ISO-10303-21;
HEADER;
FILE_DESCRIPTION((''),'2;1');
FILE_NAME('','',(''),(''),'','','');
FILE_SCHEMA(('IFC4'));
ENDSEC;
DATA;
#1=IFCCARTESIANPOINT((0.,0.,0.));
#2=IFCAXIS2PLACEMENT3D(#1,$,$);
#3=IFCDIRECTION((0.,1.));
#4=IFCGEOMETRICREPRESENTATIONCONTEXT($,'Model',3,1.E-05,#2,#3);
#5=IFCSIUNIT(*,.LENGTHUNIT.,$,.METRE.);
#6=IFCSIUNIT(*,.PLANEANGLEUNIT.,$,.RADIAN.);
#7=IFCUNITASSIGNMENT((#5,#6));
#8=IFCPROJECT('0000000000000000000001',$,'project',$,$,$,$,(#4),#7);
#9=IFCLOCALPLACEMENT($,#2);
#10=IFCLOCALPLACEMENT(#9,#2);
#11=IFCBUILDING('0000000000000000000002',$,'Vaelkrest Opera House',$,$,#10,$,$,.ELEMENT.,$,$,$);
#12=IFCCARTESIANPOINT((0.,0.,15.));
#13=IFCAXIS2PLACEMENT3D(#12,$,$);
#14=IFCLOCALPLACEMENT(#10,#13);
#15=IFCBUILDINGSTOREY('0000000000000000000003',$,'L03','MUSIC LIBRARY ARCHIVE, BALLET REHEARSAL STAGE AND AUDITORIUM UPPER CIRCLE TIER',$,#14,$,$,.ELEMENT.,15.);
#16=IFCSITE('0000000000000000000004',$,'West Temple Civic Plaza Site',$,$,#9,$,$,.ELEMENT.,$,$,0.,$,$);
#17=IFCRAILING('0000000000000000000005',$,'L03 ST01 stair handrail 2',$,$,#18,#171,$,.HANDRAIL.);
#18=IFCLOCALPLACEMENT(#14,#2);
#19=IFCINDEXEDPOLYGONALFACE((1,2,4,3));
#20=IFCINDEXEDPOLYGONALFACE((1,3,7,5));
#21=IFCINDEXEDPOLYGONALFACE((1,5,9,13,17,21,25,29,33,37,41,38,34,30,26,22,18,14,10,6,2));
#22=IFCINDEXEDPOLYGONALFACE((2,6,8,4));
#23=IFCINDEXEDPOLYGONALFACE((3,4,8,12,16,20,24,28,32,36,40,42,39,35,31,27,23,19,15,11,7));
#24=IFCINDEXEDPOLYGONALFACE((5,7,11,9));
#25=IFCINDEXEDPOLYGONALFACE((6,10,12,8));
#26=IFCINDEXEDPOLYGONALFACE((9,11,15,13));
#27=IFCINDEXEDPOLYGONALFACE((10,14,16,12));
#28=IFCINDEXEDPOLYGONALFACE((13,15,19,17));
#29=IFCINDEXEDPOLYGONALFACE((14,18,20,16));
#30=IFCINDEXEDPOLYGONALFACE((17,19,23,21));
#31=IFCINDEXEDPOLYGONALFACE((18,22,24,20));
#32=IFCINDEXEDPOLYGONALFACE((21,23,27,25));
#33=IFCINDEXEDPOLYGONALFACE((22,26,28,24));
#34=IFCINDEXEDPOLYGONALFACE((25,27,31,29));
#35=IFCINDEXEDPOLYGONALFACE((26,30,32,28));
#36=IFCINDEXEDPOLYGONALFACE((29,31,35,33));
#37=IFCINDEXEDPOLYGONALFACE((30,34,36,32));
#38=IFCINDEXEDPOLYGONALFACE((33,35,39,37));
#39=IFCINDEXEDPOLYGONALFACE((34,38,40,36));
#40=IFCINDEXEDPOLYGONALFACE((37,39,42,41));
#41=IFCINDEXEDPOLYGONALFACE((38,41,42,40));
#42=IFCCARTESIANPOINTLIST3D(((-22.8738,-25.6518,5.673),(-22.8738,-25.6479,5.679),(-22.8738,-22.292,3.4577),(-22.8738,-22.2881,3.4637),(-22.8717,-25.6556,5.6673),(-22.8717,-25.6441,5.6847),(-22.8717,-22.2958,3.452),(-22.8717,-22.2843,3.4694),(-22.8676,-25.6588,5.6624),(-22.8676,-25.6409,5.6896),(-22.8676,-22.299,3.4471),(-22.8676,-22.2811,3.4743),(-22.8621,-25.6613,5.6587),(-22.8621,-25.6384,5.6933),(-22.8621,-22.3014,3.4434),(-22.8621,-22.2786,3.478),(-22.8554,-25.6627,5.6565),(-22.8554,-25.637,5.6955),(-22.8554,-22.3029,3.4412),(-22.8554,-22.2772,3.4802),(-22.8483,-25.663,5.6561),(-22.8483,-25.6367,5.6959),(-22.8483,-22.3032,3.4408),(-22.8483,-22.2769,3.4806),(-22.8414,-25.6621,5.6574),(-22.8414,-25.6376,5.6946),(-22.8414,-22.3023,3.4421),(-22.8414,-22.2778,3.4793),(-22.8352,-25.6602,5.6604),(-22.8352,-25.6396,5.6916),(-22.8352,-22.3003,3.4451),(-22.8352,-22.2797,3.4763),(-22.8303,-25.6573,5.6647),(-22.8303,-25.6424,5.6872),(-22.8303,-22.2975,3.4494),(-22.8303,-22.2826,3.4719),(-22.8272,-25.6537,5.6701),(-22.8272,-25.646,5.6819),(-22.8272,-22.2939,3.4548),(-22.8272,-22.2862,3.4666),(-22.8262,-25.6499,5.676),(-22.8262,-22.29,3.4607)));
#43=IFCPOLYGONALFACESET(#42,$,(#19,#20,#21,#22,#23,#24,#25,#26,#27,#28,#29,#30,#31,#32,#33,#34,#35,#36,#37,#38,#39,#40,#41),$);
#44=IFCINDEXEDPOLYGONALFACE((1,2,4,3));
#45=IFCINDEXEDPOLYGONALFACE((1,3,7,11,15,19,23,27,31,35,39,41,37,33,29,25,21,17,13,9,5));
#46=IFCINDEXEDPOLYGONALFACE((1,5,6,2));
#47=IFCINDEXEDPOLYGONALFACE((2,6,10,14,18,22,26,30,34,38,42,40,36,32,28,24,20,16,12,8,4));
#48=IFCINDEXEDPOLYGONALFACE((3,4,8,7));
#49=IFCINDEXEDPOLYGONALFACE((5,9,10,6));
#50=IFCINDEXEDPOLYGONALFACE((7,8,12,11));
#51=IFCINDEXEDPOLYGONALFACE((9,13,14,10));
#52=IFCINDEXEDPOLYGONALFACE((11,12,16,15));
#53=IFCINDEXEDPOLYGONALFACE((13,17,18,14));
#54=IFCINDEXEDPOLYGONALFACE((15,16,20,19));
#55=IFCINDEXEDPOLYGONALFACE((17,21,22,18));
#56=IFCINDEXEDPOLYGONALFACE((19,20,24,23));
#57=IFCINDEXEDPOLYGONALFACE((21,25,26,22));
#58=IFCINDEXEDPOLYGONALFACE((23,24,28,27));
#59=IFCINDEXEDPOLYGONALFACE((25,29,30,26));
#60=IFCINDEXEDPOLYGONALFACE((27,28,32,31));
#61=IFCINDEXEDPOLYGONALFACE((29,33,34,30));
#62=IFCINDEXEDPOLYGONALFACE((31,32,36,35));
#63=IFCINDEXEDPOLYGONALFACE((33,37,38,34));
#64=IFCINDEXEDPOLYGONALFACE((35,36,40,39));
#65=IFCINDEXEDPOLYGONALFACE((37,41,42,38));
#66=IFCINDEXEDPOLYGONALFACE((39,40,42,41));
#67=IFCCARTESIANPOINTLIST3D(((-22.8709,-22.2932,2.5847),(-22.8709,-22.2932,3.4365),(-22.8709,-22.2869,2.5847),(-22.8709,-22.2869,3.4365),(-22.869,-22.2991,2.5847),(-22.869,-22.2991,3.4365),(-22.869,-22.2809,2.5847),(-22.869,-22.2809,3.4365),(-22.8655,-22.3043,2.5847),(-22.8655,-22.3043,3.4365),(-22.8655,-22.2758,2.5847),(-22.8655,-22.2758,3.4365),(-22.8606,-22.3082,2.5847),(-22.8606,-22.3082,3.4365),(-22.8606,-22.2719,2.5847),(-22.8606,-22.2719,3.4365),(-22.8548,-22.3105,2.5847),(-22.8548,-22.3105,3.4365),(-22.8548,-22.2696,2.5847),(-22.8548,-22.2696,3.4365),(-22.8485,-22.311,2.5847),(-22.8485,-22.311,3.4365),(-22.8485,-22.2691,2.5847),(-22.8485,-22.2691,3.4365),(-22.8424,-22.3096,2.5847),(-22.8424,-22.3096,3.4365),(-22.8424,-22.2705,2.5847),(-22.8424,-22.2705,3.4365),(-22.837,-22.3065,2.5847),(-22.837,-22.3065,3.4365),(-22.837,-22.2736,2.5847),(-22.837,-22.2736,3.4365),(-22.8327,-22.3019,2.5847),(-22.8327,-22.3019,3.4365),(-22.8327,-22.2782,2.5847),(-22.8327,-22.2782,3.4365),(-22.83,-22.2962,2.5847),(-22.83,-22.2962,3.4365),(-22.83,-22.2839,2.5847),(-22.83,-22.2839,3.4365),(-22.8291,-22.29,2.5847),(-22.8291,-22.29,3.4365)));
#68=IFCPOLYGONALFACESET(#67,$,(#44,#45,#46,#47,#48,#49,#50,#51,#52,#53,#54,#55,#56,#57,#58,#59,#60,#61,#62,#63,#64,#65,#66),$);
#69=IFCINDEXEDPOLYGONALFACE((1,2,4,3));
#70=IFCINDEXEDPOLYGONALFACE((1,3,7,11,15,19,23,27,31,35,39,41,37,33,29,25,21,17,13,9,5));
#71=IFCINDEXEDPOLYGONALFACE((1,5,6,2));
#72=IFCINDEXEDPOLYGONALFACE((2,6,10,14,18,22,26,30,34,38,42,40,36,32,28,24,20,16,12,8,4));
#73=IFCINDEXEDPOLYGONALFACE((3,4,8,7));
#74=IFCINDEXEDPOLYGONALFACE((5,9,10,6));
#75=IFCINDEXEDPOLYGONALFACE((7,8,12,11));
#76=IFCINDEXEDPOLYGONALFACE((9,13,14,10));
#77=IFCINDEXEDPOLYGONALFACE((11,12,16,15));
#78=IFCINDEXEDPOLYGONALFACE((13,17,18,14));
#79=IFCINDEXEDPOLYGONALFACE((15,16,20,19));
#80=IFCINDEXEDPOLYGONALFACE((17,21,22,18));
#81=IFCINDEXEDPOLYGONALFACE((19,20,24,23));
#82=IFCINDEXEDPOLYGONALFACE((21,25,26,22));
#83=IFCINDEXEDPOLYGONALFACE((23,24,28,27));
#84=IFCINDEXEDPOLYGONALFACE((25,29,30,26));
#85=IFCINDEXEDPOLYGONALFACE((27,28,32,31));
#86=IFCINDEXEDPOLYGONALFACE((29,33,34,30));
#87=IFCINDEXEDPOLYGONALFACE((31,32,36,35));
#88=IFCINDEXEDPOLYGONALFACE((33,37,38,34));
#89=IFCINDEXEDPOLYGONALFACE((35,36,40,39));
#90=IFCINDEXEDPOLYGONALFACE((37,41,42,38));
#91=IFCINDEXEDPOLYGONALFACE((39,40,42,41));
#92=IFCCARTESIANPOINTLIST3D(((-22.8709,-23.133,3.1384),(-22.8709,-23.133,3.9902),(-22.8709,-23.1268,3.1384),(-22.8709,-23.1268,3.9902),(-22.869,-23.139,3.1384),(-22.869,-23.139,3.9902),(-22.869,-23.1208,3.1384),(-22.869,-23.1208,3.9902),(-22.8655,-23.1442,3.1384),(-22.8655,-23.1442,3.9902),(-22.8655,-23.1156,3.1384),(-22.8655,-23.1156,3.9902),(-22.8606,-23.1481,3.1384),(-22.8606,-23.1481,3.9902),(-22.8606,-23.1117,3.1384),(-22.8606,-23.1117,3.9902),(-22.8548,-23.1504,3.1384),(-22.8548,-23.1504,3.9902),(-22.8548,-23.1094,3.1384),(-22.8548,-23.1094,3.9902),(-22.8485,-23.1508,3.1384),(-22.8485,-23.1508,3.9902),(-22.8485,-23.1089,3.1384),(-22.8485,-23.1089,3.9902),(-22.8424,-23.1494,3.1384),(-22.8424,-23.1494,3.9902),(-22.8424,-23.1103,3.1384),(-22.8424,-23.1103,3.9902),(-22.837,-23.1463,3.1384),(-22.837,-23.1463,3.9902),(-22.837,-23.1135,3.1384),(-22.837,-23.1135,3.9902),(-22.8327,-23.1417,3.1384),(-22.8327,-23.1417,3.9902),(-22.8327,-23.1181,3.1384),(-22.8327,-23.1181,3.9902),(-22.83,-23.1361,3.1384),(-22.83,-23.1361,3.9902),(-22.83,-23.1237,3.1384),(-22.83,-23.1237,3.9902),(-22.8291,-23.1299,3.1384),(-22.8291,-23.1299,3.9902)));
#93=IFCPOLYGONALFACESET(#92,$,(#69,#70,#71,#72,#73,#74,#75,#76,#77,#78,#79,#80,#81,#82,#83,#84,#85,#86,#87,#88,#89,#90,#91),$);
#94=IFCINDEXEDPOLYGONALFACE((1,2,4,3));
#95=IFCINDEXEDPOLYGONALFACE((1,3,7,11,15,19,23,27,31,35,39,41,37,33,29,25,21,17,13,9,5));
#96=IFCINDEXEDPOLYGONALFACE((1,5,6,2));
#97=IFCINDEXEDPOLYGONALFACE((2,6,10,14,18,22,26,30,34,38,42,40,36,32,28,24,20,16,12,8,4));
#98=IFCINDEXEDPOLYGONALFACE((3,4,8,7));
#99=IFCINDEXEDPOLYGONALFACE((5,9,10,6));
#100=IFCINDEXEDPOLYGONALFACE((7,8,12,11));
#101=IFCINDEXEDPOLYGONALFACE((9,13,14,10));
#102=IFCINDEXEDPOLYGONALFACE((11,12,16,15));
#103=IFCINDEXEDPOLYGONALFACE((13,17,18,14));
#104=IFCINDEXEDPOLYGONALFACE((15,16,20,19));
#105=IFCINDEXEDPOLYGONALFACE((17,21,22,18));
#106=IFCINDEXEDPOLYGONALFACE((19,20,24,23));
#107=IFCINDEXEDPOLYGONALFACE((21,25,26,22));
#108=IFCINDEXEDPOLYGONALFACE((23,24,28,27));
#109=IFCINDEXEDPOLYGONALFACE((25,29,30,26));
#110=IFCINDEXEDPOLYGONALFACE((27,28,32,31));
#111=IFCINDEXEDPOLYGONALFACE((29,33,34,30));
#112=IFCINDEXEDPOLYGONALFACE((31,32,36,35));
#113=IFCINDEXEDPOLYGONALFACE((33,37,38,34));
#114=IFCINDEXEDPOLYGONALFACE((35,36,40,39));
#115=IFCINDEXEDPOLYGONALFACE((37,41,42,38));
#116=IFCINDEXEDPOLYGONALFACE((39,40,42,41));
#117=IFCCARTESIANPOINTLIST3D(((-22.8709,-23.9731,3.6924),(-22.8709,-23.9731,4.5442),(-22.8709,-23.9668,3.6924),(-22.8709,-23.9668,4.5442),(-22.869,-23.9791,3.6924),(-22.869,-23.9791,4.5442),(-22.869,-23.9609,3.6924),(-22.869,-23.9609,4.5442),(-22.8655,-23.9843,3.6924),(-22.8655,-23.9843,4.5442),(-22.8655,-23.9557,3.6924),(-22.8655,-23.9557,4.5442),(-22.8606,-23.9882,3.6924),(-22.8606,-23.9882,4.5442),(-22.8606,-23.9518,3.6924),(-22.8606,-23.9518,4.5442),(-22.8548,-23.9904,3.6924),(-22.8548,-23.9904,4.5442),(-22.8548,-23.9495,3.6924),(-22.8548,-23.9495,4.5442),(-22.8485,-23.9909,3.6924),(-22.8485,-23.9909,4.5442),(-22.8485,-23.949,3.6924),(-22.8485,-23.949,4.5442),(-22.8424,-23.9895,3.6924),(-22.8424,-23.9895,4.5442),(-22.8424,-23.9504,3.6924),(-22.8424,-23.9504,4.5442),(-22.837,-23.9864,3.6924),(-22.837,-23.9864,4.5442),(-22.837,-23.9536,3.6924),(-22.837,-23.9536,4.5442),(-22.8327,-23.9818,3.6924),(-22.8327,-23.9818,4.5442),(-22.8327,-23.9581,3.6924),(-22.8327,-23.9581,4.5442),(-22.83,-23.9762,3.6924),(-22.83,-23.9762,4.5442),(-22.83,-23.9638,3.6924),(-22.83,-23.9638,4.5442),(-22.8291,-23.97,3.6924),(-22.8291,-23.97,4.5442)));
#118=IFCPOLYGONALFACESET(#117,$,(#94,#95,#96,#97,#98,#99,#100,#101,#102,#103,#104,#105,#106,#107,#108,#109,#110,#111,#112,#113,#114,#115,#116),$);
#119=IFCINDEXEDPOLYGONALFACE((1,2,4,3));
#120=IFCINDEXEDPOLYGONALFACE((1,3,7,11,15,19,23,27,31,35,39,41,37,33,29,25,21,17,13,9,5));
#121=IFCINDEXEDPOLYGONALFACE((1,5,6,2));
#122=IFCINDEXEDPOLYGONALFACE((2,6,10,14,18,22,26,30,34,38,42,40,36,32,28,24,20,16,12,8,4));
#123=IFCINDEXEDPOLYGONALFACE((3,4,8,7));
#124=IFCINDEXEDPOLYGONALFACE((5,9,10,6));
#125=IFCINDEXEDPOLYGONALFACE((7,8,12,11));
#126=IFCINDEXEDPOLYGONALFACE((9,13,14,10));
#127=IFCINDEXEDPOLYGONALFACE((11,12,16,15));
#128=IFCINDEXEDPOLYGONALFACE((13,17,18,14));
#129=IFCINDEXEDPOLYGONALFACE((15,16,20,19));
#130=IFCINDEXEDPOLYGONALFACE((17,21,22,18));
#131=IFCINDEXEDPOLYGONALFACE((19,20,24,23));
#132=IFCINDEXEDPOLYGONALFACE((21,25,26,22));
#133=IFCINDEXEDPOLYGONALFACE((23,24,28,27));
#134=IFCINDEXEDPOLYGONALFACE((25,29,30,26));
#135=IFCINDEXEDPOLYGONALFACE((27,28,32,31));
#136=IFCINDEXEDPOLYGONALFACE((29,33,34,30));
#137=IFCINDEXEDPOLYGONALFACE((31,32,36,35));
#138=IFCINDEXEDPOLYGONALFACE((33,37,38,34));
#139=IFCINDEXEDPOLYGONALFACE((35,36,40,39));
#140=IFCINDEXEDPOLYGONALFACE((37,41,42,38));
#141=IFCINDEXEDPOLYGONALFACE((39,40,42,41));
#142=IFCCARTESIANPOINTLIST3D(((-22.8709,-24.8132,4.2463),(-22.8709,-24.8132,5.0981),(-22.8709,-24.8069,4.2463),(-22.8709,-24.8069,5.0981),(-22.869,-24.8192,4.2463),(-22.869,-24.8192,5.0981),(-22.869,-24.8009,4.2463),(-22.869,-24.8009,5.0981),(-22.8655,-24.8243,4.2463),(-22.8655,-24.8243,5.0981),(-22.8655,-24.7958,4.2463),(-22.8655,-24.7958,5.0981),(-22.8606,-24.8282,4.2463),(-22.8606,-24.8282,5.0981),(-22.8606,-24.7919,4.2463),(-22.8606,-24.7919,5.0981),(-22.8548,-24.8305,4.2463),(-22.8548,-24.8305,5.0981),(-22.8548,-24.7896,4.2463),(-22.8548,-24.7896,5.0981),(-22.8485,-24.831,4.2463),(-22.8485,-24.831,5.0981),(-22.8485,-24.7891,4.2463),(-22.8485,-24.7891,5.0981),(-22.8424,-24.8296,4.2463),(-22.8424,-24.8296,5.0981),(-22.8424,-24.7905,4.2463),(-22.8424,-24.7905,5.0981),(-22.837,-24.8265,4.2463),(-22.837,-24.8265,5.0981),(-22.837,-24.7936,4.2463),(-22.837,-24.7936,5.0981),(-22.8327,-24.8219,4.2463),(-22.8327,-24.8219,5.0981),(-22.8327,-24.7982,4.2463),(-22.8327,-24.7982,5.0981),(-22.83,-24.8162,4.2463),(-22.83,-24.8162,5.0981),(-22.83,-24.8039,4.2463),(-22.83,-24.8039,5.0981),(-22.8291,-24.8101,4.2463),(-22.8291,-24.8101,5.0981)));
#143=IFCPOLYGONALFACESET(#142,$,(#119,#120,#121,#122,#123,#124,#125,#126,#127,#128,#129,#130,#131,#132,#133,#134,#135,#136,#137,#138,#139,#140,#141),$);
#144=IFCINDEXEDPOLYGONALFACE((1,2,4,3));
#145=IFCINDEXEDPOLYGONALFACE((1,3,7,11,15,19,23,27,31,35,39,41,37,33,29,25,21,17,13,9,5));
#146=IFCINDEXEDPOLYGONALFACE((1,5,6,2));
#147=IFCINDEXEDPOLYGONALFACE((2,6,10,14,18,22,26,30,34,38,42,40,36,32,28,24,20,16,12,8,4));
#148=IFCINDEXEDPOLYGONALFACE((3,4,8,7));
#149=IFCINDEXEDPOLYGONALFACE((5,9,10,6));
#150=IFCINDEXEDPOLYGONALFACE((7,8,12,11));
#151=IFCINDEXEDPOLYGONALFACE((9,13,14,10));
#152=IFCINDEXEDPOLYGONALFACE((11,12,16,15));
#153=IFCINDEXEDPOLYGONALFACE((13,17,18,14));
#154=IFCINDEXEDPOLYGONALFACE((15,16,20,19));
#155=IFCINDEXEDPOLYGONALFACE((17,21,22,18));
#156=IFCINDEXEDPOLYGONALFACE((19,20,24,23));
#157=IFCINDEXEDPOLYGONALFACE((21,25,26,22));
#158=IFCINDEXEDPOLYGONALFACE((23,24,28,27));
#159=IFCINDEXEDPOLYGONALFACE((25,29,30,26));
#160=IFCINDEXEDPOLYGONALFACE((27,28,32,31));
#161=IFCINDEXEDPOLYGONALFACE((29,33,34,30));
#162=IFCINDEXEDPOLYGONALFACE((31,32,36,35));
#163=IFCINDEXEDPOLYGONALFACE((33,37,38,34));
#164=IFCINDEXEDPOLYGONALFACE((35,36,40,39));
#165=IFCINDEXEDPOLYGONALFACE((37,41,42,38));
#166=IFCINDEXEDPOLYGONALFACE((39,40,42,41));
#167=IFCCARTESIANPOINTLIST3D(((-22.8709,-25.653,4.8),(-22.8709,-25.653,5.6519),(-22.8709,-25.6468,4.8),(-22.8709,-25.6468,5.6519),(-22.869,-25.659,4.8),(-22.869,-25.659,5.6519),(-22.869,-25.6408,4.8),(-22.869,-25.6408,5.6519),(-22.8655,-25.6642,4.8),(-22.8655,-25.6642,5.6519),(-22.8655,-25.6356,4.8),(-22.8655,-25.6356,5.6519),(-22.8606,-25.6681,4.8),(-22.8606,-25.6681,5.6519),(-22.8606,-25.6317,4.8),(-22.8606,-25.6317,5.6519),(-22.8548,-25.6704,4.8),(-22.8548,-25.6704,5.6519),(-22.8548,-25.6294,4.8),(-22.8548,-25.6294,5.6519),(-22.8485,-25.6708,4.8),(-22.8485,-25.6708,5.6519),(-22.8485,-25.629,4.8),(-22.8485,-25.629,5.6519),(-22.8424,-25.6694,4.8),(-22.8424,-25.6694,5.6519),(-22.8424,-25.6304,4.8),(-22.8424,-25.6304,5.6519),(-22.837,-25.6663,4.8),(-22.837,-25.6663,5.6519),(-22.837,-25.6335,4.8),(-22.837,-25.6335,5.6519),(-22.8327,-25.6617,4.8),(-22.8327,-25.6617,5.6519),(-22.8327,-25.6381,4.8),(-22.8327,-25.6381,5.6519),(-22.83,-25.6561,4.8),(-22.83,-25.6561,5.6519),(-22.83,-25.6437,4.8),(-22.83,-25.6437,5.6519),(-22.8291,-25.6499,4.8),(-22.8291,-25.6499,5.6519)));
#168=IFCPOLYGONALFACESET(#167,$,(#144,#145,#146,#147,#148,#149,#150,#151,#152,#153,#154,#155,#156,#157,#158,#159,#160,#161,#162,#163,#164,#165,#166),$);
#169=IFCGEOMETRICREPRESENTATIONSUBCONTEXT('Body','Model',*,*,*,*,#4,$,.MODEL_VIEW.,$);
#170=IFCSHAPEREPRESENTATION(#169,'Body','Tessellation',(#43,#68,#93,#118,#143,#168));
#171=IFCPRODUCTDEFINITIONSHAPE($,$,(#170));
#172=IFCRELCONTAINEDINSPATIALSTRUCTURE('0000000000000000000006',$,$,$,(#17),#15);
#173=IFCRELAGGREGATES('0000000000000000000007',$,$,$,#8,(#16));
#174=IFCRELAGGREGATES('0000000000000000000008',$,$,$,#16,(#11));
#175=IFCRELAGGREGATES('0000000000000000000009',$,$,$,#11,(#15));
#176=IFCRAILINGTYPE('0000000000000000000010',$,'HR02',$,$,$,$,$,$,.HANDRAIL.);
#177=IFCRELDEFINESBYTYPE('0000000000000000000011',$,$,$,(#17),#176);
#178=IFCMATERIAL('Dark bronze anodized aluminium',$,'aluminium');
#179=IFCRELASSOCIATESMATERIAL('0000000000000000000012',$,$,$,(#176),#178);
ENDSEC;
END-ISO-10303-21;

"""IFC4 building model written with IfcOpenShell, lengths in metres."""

from ifc_helpers import new_model, si_unit, direction, frame, origin, origin_2d, place, context, subcontext, project, spatial, circle, extrude, material, type_object, element, save


model = new_model("IFC4")

# Units and contexts
model_context = context("Model", 3, precision=1e-05, world=origin(), true_north=direction((0.0, 1.0)))
body_context = subcontext(model_context, "Body", "Model", "MODEL_VIEW")
ifc_project = project(units=[si_unit("LENGTHUNIT", "METRE"), si_unit("PLANEANGLEUNIT", "RADIAN")], contexts=[model_context])

# Site, building, storey
site_placement = place(None, origin())
site = spatial("IfcSite", under=ifc_project, at=site_placement, Name="West Temple Civic Plaza Site", CompositionType="ELEMENT", RefElevation=0.0)
building_placement = place(site_placement, origin())
building = spatial("IfcBuilding", under=site, at=building_placement, Name="Vaelkrest Opera House", CompositionType="ELEMENT")
storey_placement = place(building_placement, frame((0.0, 0.0, 15.0)))
storey = spatial("IfcBuildingStorey", under=building, at=storey_placement, Name="L03", Description="MUSIC LIBRARY ARCHIVE, BALLET REHEARSAL STAGE AND AUDITORIUM UPPER CIRCLE TIER", CompositionType="ELEMENT", Elevation=15.0)

# Shared definitions
ifc_material_1 = material(Name="Dark bronze anodized aluminium", Category="aluminium")

# Railing
railing_type_1 = type_object("IfcRailingType", Name="HR02", PredefinedType="HANDRAIL", material=ifc_material_1)
railing_1_placement = place(storey_placement, frame((-22.8501, -22.29, 2.5847)))
element("IfcRailing", 1, at=railing_1_placement, inside=storey, type_object=railing_type_1, Name="L03 ST01 stair handrail 2", PredefinedType="HANDRAIL", context=body_context, shape_type="SweptSolid", body=[
    extrude(circle(Radius=0.0239, at=origin_2d()), frame((0.0, 0.0, 0.876), z_axis=(0.0, -0.834858, 0.550465), x_axis=(1.0, 0.0, 0.0)), (0.0, 0.0, 1.0), 4.0244),
    extrude(circle(Radius=0.021, at=origin_2d()), origin(), (0.0, 0.0, 1.0), 0.8518),
    extrude(circle(Radius=0.021, at=origin_2d()), frame((0.0, -0.8398, 0.5537)), (0.0, 0.0, 1.0), 0.8518),
    extrude(circle(Radius=0.021, at=origin_2d()), frame((0.0, -1.6799, 1.1077)), (0.0, 0.0, 1.0), 0.8518),
    extrude(circle(Radius=0.021, at=origin_2d()), frame((0.0, -2.52, 1.6616)), (0.0, 0.0, 1.0), 0.8518),
    extrude(circle(Radius=0.021, at=origin_2d()), frame((0.0, -3.3599, 2.2153)), (0.0, 0.0, 1.0), 0.8518),
])

save(model, "model.ifc")
